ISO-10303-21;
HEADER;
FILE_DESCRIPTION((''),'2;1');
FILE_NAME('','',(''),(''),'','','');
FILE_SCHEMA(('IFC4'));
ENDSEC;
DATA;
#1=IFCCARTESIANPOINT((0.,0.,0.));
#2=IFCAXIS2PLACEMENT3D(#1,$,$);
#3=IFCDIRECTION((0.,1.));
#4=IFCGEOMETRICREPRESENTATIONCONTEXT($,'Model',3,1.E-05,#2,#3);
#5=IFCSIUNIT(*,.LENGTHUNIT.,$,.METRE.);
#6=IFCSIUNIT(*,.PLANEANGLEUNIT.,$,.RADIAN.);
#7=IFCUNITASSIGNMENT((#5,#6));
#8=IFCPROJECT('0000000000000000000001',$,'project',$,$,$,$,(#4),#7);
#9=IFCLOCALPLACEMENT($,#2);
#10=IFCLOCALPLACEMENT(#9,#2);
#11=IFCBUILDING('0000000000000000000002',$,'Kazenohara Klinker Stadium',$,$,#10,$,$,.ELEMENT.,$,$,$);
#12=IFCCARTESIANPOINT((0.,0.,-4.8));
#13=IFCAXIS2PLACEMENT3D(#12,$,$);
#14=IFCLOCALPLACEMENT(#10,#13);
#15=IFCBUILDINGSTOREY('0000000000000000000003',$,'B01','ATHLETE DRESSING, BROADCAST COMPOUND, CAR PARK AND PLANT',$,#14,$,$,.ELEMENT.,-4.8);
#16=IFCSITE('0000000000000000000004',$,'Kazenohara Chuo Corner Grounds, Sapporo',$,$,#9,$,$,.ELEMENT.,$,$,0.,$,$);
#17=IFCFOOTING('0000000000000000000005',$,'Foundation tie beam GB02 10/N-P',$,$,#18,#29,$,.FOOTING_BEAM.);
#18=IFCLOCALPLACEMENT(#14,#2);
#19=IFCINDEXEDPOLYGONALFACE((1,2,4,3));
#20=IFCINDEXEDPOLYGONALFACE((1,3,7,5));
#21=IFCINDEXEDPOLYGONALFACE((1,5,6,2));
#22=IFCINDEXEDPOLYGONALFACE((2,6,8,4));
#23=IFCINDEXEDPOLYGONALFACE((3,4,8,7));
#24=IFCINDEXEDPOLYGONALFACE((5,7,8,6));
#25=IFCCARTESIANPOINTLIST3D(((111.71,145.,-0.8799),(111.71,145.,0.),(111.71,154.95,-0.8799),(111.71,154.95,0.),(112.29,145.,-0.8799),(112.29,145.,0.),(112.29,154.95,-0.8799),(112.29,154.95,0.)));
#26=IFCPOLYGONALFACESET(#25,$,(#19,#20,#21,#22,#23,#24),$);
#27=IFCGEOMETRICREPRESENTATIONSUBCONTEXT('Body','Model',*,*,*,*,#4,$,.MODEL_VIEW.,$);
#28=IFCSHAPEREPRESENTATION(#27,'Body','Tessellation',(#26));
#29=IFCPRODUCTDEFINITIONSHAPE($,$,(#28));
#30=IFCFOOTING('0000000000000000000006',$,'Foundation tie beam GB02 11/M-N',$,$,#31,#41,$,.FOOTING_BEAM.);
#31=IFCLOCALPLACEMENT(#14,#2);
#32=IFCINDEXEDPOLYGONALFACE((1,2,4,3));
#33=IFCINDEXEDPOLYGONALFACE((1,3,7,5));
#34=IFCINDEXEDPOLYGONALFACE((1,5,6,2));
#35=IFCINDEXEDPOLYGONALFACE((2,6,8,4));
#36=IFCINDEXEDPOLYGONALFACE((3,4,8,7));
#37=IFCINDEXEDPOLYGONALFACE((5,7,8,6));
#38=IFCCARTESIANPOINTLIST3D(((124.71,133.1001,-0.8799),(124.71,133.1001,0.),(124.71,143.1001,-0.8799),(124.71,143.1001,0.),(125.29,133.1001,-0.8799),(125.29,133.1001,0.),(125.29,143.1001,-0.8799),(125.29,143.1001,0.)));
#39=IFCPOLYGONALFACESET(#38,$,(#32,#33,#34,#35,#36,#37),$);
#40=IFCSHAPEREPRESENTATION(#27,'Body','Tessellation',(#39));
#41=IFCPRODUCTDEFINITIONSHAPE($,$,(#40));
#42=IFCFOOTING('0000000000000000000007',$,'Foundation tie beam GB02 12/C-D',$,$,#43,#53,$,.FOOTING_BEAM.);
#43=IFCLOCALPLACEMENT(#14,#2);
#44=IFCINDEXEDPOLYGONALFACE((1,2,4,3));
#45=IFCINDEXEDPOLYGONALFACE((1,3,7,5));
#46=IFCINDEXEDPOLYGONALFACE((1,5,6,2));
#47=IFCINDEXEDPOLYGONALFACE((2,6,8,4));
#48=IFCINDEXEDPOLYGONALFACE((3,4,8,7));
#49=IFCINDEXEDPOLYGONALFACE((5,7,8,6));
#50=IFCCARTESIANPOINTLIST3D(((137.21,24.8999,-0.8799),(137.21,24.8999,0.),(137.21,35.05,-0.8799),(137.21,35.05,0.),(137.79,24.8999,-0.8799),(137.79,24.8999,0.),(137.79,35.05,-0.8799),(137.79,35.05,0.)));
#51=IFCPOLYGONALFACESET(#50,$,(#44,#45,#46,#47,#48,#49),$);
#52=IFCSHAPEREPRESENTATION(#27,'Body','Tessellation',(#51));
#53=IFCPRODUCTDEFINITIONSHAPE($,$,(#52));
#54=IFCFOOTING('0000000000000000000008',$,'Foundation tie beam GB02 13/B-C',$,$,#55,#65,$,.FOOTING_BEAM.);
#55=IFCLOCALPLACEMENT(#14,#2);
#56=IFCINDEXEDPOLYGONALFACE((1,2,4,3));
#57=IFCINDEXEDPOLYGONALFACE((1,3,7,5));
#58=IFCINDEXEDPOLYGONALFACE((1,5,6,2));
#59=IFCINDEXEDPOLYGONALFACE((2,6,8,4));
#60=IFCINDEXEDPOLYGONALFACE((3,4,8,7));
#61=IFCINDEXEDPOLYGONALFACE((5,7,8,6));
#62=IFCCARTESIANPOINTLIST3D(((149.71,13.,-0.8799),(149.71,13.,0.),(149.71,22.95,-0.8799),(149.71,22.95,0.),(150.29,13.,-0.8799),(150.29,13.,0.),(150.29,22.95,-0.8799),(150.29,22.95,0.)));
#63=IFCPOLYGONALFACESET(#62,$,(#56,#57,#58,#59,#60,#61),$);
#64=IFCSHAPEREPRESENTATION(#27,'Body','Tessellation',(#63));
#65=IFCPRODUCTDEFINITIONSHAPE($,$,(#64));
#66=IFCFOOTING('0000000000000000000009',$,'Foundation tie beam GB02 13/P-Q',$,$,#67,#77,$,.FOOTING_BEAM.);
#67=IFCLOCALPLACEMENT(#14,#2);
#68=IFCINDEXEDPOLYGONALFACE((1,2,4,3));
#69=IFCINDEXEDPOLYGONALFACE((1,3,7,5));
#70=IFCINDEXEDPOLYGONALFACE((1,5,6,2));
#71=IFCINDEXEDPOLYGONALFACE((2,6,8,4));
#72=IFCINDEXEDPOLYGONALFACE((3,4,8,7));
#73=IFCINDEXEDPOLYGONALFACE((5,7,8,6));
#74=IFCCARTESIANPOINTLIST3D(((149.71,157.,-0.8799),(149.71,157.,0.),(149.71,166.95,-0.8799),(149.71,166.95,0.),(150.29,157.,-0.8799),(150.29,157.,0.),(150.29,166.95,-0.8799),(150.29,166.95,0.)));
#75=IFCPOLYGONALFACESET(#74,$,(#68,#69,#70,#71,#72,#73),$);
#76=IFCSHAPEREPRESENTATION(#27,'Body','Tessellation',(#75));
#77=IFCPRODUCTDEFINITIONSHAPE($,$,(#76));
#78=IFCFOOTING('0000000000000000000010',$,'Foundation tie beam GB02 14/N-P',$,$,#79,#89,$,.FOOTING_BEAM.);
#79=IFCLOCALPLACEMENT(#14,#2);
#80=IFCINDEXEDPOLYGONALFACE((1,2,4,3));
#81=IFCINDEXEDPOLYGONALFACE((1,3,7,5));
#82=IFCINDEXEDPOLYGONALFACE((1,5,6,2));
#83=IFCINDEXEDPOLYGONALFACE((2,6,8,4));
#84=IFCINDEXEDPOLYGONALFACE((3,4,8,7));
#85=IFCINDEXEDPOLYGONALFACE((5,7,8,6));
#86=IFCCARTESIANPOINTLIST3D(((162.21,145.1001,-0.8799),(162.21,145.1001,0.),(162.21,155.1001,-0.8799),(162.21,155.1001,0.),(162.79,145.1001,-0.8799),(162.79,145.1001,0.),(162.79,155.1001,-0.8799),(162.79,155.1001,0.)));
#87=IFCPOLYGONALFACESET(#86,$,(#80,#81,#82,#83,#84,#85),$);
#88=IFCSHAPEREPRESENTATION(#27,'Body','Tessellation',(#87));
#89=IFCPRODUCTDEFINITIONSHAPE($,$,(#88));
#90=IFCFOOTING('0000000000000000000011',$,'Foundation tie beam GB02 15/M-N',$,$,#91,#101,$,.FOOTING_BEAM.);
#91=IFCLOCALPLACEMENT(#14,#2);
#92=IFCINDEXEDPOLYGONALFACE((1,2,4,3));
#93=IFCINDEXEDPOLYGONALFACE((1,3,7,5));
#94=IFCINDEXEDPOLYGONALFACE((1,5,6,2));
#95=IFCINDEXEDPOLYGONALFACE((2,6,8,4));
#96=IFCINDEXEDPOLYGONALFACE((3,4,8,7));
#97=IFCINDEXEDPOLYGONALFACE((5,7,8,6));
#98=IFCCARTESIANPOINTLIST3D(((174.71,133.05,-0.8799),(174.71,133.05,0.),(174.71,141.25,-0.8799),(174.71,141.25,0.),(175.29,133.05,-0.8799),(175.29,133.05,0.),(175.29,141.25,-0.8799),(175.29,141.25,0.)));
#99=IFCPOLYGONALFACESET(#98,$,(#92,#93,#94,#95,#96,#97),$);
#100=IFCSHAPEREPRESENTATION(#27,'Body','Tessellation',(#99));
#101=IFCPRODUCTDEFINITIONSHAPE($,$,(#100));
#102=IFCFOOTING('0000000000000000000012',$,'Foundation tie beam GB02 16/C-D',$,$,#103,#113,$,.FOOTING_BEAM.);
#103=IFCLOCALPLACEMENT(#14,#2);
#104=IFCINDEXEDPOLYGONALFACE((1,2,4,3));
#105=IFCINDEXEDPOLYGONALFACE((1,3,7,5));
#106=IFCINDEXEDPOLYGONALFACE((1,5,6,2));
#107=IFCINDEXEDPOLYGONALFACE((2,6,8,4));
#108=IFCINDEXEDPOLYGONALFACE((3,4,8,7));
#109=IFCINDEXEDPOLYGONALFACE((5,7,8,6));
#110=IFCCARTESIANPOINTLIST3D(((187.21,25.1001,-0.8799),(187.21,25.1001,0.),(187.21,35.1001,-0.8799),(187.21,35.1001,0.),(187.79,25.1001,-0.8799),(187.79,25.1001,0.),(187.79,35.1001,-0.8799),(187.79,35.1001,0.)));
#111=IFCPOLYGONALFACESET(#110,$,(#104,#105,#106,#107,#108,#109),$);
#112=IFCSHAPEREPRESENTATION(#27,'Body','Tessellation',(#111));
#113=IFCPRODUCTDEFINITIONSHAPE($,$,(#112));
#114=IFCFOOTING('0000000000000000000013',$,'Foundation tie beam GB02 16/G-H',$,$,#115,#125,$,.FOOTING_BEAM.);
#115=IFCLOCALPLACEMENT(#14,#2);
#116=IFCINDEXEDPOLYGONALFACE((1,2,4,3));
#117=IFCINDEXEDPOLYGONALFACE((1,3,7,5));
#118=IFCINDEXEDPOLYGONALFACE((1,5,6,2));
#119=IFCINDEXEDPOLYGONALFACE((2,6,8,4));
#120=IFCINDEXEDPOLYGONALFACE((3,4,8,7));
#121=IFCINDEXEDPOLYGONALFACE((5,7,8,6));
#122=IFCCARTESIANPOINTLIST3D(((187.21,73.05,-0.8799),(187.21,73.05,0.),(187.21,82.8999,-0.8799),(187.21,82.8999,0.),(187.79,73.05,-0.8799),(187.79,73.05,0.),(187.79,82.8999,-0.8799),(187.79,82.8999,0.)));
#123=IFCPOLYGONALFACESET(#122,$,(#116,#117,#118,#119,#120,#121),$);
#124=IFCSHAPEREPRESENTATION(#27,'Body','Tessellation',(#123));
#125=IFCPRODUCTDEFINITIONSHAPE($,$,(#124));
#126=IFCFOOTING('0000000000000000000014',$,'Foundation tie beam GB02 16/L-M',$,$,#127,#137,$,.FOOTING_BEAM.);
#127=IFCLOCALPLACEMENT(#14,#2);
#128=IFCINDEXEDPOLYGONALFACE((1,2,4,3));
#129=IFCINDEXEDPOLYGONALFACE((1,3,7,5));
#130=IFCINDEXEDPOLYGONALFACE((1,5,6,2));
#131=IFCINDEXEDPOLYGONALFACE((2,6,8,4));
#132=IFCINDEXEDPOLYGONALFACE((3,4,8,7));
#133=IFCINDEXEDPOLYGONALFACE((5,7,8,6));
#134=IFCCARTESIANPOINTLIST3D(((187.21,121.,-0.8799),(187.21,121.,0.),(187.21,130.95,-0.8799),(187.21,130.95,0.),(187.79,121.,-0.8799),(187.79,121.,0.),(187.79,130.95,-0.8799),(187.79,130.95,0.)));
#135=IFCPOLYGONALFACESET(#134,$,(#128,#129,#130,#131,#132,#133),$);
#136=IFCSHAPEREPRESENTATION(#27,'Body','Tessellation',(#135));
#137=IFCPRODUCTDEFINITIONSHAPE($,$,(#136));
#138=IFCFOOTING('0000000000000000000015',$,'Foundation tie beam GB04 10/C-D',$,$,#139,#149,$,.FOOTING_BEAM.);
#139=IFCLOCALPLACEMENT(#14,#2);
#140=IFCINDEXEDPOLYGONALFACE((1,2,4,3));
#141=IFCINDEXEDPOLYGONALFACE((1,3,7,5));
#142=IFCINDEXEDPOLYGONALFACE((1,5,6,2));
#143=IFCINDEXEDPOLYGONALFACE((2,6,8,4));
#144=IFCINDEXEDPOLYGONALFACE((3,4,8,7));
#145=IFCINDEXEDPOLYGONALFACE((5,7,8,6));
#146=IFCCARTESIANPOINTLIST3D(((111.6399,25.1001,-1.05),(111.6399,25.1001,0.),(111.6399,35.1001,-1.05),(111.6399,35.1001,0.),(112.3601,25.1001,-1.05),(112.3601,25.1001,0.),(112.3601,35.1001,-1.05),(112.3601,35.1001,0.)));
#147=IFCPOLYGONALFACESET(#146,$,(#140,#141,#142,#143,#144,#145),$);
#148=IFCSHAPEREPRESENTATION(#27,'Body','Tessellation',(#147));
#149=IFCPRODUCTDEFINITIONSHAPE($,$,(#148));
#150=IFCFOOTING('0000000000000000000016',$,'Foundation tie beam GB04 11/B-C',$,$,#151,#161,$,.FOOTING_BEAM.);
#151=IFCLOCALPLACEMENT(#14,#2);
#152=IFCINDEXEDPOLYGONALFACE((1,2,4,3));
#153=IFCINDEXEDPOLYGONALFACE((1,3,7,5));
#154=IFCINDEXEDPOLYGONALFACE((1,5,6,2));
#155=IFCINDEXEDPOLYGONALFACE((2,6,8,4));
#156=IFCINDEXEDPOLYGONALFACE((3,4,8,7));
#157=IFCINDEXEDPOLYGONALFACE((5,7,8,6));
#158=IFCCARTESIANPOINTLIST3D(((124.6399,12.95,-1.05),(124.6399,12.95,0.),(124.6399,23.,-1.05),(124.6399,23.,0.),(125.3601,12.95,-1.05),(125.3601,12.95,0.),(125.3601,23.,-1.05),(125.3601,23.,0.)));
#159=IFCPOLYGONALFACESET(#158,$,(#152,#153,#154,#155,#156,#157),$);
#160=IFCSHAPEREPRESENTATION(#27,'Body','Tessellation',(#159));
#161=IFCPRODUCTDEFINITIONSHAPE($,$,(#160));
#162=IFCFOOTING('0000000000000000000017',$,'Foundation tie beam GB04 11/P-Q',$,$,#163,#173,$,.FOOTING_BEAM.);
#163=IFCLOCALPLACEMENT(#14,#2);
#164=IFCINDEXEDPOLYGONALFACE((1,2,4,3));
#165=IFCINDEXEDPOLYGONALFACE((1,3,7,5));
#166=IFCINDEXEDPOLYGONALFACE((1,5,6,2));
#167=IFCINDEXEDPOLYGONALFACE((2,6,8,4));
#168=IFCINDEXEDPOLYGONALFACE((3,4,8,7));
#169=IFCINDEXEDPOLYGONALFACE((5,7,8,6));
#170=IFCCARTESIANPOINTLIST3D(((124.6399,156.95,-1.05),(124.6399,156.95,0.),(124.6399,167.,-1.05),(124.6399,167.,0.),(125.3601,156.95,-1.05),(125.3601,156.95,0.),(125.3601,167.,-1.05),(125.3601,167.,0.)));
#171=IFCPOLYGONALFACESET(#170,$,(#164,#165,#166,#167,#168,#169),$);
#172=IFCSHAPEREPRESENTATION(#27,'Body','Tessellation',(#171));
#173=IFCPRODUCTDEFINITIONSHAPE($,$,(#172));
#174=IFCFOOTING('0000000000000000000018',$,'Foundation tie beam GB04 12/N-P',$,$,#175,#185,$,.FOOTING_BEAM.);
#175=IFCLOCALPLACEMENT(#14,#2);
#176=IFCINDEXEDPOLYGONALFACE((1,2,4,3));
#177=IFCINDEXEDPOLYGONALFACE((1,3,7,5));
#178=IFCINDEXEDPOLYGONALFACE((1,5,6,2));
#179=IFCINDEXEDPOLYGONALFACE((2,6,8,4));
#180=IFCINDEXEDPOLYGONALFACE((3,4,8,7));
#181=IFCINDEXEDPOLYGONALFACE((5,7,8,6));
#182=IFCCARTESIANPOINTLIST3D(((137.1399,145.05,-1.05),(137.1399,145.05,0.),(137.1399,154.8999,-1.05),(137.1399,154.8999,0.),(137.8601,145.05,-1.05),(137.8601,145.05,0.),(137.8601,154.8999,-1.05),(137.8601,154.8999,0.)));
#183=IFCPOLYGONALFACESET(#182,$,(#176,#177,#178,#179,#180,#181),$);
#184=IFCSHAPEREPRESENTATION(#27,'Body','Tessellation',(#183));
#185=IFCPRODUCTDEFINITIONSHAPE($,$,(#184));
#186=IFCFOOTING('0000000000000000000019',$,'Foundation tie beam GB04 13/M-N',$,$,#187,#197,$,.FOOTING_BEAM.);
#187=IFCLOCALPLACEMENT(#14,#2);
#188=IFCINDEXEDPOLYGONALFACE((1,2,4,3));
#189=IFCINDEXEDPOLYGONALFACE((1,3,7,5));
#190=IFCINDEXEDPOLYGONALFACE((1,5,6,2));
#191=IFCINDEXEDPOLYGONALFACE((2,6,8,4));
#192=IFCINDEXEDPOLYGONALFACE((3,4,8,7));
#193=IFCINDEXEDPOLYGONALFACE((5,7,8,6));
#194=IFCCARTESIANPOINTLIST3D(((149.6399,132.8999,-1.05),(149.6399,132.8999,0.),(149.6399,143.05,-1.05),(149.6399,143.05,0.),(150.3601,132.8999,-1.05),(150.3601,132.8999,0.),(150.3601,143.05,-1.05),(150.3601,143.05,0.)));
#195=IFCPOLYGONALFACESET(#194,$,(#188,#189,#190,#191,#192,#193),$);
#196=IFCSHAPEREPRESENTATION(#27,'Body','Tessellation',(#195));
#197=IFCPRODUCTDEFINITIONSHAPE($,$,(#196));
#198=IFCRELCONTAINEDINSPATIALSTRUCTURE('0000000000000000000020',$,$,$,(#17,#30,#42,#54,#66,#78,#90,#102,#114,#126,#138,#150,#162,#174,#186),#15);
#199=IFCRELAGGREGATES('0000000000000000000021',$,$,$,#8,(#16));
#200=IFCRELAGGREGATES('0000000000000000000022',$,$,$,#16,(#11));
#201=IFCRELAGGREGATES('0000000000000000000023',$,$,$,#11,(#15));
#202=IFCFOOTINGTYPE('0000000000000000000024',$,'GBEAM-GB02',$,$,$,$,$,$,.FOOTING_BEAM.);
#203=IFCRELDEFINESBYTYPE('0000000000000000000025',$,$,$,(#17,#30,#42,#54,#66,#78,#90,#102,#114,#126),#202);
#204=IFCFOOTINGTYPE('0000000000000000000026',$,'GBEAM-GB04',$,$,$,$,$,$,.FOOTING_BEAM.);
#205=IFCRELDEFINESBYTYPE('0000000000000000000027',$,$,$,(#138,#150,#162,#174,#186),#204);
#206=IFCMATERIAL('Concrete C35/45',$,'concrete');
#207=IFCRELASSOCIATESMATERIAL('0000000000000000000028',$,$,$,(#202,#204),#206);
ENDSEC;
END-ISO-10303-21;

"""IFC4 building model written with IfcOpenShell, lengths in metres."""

from ifc_helpers import new_model, si_unit, direction, frame, origin, place, context, subcontext, project, spatial, polyline, outline, extrude, material, type_object, element, save


model = new_model("IFC4")

# Units and contexts
model_context = context("Model", 3, precision=1e-05, world=origin(), true_north=direction((0.0, 1.0)))
body_context = subcontext(model_context, "Body", "Model", "MODEL_VIEW")
ifc_project = project(units=[si_unit("LENGTHUNIT", "METRE"), si_unit("PLANEANGLEUNIT", "RADIAN")], contexts=[model_context])

# Site, building, storey
site_placement = place(None, origin())
site = spatial("IfcSite", under=ifc_project, at=site_placement, Name="Kazenohara Chuo Corner Grounds, Sapporo", CompositionType="ELEMENT", RefElevation=0.0)
building_placement = place(site_placement, origin())
building = spatial("IfcBuilding", under=site, at=building_placement, Name="Kazenohara Klinker Stadium", CompositionType="ELEMENT")
storey_placement = place(building_placement, frame((0.0, 0.0, -4.8)))
storey = spatial("IfcBuildingStorey", under=building, at=storey_placement, Name="B01", Description="ATHLETE DRESSING, BROADCAST COMPOUND, CAR PARK AND PLANT", CompositionType="ELEMENT", Elevation=-4.8)

# Footings
ifc_material = material(Name="Concrete C35/45", Category="concrete")
footing_type_1 = type_object("IfcFootingType", Name="GBEAM-GB02", PredefinedType="FOOTING_BEAM", material=ifc_material)
footing_1_placement = place(storey_placement, frame((0.0, 0.0, -0.8799)))
element("IfcFooting", 1, at=footing_1_placement, inside=storey, type_object=footing_type_1, Name="Foundation tie beam GB02 10/N-P", PredefinedType="FOOTING_BEAM", context=body_context, shape_type="SweptSolid", body=[
    extrude(outline(polyline([(111.71, 145.0), (112.29, 145.0), (112.29, 154.95), (111.71, 154.95), (111.71, 145.0)])), origin(), (0.0, 0.0, 1.0), 0.8799),
])
footing_2_placement = place(storey_placement, frame((0.0, 0.0, -0.8799)))
element("IfcFooting", 2, at=footing_2_placement, inside=storey, type_object=footing_type_1, Name="Foundation tie beam GB02 11/M-N", PredefinedType="FOOTING_BEAM", context=body_context, shape_type="SweptSolid", body=[
    extrude(outline(polyline([(124.71, 133.1001), (125.29, 133.1001), (125.29, 143.1001), (124.71, 143.1001), (124.71, 133.1001)])), origin(), (0.0, 0.0, 1.0), 0.8799),
])
footing_3_placement = place(storey_placement, frame((0.0, 0.0, -0.8799)))
element("IfcFooting", 3, at=footing_3_placement, inside=storey, type_object=footing_type_1, Name="Foundation tie beam GB02 12/C-D", PredefinedType="FOOTING_BEAM", context=body_context, shape_type="SweptSolid", body=[
    extrude(outline(polyline([(137.21, 24.8999), (137.79, 24.8999), (137.79, 35.05), (137.21, 35.05), (137.21, 24.8999)])), origin(), (0.0, 0.0, 1.0), 0.8799),
])
footing_4_placement = place(storey_placement, frame((0.0, 0.0, -0.8799)))
element("IfcFooting", 4, at=footing_4_placement, inside=storey, type_object=footing_type_1, Name="Foundation tie beam GB02 13/B-C", PredefinedType="FOOTING_BEAM", context=body_context, shape_type="SweptSolid", body=[
    extrude(outline(polyline([(149.71, 13.0), (150.29, 13.0), (150.29, 22.95), (149.71, 22.95), (149.71, 13.0)])), origin(), (0.0, 0.0, 1.0), 0.8799),
])
footing_5_placement = place(storey_placement, frame((0.0, 0.0, -0.8799)))
element("IfcFooting", 5, at=footing_5_placement, inside=storey, type_object=footing_type_1, Name="Foundation tie beam GB02 13/P-Q", PredefinedType="FOOTING_BEAM", context=body_context, shape_type="SweptSolid", body=[
    extrude(outline(polyline([(149.71, 157.0), (150.29, 157.0), (150.29, 166.95), (149.71, 166.95), (149.71, 157.0)])), origin(), (0.0, 0.0, 1.0), 0.8799),
])
footing_6_placement = place(storey_placement, frame((0.0, 0.0, -0.8799)))
element("IfcFooting", 6, at=footing_6_placement, inside=storey, type_object=footing_type_1, Name="Foundation tie beam GB02 14/N-P", PredefinedType="FOOTING_BEAM", context=body_context, shape_type="SweptSolid", body=[
    extrude(outline(polyline([(162.21, 145.1001), (162.79, 145.1001), (162.79, 155.1001), (162.21, 155.1001), (162.21, 145.1001)])), origin(), (0.0, 0.0, 1.0), 0.8799),
])
footing_7_placement = place(storey_placement, frame((0.0, 0.0, -0.8799)))
element("IfcFooting", 7, at=footing_7_placement, inside=storey, type_object=footing_type_1, Name="Foundation tie beam GB02 15/M-N", PredefinedType="FOOTING_BEAM", context=body_context, shape_type="SweptSolid", body=[
    extrude(outline(polyline([(174.71, 133.05), (175.29, 133.05), (175.29, 141.25), (174.71, 141.25), (174.71, 133.05)])), origin(), (0.0, 0.0, 1.0), 0.8799),
])
footing_8_placement = place(storey_placement, frame((0.0, 0.0, -0.8799)))
element("IfcFooting", 8, at=footing_8_placement, inside=storey, type_object=footing_type_1, Name="Foundation tie beam GB02 16/C-D", PredefinedType="FOOTING_BEAM", context=body_context, shape_type="SweptSolid", body=[
    extrude(outline(polyline([(187.21, 25.1001), (187.79, 25.1001), (187.79, 35.1001), (187.21, 35.1001), (187.21, 25.1001)])), origin(), (0.0, 0.0, 1.0), 0.8799),
])
footing_9_placement = place(storey_placement, frame((0.0, 0.0, -0.8799)))
element("IfcFooting", 9, at=footing_9_placement, inside=storey, type_object=footing_type_1, Name="Foundation tie beam GB02 16/G-H", PredefinedType="FOOTING_BEAM", context=body_context, shape_type="SweptSolid", body=[
    extrude(outline(polyline([(187.21, 73.05), (187.79, 73.05), (187.79, 82.8999), (187.21, 82.8999), (187.21, 73.05)])), origin(), (0.0, 0.0, 1.0), 0.8799),
])
footing_10_placement = place(storey_placement, frame((0.0, 0.0, -0.8799)))
element("IfcFooting", 10, at=footing_10_placement, inside=storey, type_object=footing_type_1, Name="Foundation tie beam GB02 16/L-M", PredefinedType="FOOTING_BEAM", context=body_context, shape_type="SweptSolid", body=[
    extrude(outline(polyline([(187.21, 121.0), (187.79, 121.0), (187.79, 130.95), (187.21, 130.95), (187.21, 121.0)])), origin(), (0.0, 0.0, 1.0), 0.8799),
])
footing_type_2 = type_object("IfcFootingType", Name="GBEAM-GB04", PredefinedType="FOOTING_BEAM", material=ifc_material)
footing_11_placement = place(storey_placement, frame((0.0, 0.0, -1.05)))
element("IfcFooting", 11, at=footing_11_placement, inside=storey, type_object=footing_type_2, Name="Foundation tie beam GB04 10/C-D", PredefinedType="FOOTING_BEAM", context=body_context, shape_type="SweptSolid", body=[
    extrude(outline(polyline([(111.6399, 25.1001), (112.3601, 25.1001), (112.3601, 35.1001), (111.6399, 35.1001), (111.6399, 25.1001)])), origin(), (0.0, 0.0, 1.0), 1.05),
])
footing_12_placement = place(storey_placement, frame((0.0, 0.0, -1.05)))
element("IfcFooting", 12, at=footing_12_placement, inside=storey, type_object=footing_type_2, Name="Foundation tie beam GB04 11/B-C", PredefinedType="FOOTING_BEAM", context=body_context, shape_type="SweptSolid", body=[
    extrude(outline(polyline([(124.6399, 12.95), (125.3601, 12.95), (125.3601, 23.0), (124.6399, 23.0), (124.6399, 12.95)])), origin(), (0.0, 0.0, 1.0), 1.05),
])
footing_13_placement = place(storey_placement, frame((0.0, 0.0, -1.05)))
element("IfcFooting", 13, at=footing_13_placement, inside=storey, type_object=footing_type_2, Name="Foundation tie beam GB04 11/P-Q", PredefinedType="FOOTING_BEAM", context=body_context, shape_type="SweptSolid", body=[
    extrude(outline(polyline([(124.6399, 156.95), (125.3601, 156.95), (125.3601, 167.0), (124.6399, 167.0), (124.6399, 156.95)])), origin(), (0.0, 0.0, 1.0), 1.05),
])
footing_14_placement = place(storey_placement, frame((0.0, 0.0, -1.05)))
element("IfcFooting", 14, at=footing_14_placement, inside=storey, type_object=footing_type_2, Name="Foundation tie beam GB04 12/N-P", PredefinedType="FOOTING_BEAM", context=body_context, shape_type="SweptSolid", body=[
    extrude(outline(polyline([(137.1399, 145.05), (137.8601, 145.05), (137.8601, 154.8999), (137.1399, 154.8999), (137.1399, 145.05)])), origin(), (0.0, 0.0, 1.0), 1.05),
])
footing_15_placement = place(storey_placement, frame((0.0, 0.0, -1.05)))
element("IfcFooting", 15, at=footing_15_placement, inside=storey, type_object=footing_type_2, Name="Foundation tie beam GB04 13/M-N", PredefinedType="FOOTING_BEAM", context=body_context, shape_type="SweptSolid", body=[
    extrude(outline(polyline([(149.6399, 132.8999), (150.3601, 132.8999), (150.3601, 143.05), (149.6399, 143.05), (149.6399, 132.8999)])), origin(), (0.0, 0.0, 1.0), 1.05),
])

save(model, "model.ifc")
